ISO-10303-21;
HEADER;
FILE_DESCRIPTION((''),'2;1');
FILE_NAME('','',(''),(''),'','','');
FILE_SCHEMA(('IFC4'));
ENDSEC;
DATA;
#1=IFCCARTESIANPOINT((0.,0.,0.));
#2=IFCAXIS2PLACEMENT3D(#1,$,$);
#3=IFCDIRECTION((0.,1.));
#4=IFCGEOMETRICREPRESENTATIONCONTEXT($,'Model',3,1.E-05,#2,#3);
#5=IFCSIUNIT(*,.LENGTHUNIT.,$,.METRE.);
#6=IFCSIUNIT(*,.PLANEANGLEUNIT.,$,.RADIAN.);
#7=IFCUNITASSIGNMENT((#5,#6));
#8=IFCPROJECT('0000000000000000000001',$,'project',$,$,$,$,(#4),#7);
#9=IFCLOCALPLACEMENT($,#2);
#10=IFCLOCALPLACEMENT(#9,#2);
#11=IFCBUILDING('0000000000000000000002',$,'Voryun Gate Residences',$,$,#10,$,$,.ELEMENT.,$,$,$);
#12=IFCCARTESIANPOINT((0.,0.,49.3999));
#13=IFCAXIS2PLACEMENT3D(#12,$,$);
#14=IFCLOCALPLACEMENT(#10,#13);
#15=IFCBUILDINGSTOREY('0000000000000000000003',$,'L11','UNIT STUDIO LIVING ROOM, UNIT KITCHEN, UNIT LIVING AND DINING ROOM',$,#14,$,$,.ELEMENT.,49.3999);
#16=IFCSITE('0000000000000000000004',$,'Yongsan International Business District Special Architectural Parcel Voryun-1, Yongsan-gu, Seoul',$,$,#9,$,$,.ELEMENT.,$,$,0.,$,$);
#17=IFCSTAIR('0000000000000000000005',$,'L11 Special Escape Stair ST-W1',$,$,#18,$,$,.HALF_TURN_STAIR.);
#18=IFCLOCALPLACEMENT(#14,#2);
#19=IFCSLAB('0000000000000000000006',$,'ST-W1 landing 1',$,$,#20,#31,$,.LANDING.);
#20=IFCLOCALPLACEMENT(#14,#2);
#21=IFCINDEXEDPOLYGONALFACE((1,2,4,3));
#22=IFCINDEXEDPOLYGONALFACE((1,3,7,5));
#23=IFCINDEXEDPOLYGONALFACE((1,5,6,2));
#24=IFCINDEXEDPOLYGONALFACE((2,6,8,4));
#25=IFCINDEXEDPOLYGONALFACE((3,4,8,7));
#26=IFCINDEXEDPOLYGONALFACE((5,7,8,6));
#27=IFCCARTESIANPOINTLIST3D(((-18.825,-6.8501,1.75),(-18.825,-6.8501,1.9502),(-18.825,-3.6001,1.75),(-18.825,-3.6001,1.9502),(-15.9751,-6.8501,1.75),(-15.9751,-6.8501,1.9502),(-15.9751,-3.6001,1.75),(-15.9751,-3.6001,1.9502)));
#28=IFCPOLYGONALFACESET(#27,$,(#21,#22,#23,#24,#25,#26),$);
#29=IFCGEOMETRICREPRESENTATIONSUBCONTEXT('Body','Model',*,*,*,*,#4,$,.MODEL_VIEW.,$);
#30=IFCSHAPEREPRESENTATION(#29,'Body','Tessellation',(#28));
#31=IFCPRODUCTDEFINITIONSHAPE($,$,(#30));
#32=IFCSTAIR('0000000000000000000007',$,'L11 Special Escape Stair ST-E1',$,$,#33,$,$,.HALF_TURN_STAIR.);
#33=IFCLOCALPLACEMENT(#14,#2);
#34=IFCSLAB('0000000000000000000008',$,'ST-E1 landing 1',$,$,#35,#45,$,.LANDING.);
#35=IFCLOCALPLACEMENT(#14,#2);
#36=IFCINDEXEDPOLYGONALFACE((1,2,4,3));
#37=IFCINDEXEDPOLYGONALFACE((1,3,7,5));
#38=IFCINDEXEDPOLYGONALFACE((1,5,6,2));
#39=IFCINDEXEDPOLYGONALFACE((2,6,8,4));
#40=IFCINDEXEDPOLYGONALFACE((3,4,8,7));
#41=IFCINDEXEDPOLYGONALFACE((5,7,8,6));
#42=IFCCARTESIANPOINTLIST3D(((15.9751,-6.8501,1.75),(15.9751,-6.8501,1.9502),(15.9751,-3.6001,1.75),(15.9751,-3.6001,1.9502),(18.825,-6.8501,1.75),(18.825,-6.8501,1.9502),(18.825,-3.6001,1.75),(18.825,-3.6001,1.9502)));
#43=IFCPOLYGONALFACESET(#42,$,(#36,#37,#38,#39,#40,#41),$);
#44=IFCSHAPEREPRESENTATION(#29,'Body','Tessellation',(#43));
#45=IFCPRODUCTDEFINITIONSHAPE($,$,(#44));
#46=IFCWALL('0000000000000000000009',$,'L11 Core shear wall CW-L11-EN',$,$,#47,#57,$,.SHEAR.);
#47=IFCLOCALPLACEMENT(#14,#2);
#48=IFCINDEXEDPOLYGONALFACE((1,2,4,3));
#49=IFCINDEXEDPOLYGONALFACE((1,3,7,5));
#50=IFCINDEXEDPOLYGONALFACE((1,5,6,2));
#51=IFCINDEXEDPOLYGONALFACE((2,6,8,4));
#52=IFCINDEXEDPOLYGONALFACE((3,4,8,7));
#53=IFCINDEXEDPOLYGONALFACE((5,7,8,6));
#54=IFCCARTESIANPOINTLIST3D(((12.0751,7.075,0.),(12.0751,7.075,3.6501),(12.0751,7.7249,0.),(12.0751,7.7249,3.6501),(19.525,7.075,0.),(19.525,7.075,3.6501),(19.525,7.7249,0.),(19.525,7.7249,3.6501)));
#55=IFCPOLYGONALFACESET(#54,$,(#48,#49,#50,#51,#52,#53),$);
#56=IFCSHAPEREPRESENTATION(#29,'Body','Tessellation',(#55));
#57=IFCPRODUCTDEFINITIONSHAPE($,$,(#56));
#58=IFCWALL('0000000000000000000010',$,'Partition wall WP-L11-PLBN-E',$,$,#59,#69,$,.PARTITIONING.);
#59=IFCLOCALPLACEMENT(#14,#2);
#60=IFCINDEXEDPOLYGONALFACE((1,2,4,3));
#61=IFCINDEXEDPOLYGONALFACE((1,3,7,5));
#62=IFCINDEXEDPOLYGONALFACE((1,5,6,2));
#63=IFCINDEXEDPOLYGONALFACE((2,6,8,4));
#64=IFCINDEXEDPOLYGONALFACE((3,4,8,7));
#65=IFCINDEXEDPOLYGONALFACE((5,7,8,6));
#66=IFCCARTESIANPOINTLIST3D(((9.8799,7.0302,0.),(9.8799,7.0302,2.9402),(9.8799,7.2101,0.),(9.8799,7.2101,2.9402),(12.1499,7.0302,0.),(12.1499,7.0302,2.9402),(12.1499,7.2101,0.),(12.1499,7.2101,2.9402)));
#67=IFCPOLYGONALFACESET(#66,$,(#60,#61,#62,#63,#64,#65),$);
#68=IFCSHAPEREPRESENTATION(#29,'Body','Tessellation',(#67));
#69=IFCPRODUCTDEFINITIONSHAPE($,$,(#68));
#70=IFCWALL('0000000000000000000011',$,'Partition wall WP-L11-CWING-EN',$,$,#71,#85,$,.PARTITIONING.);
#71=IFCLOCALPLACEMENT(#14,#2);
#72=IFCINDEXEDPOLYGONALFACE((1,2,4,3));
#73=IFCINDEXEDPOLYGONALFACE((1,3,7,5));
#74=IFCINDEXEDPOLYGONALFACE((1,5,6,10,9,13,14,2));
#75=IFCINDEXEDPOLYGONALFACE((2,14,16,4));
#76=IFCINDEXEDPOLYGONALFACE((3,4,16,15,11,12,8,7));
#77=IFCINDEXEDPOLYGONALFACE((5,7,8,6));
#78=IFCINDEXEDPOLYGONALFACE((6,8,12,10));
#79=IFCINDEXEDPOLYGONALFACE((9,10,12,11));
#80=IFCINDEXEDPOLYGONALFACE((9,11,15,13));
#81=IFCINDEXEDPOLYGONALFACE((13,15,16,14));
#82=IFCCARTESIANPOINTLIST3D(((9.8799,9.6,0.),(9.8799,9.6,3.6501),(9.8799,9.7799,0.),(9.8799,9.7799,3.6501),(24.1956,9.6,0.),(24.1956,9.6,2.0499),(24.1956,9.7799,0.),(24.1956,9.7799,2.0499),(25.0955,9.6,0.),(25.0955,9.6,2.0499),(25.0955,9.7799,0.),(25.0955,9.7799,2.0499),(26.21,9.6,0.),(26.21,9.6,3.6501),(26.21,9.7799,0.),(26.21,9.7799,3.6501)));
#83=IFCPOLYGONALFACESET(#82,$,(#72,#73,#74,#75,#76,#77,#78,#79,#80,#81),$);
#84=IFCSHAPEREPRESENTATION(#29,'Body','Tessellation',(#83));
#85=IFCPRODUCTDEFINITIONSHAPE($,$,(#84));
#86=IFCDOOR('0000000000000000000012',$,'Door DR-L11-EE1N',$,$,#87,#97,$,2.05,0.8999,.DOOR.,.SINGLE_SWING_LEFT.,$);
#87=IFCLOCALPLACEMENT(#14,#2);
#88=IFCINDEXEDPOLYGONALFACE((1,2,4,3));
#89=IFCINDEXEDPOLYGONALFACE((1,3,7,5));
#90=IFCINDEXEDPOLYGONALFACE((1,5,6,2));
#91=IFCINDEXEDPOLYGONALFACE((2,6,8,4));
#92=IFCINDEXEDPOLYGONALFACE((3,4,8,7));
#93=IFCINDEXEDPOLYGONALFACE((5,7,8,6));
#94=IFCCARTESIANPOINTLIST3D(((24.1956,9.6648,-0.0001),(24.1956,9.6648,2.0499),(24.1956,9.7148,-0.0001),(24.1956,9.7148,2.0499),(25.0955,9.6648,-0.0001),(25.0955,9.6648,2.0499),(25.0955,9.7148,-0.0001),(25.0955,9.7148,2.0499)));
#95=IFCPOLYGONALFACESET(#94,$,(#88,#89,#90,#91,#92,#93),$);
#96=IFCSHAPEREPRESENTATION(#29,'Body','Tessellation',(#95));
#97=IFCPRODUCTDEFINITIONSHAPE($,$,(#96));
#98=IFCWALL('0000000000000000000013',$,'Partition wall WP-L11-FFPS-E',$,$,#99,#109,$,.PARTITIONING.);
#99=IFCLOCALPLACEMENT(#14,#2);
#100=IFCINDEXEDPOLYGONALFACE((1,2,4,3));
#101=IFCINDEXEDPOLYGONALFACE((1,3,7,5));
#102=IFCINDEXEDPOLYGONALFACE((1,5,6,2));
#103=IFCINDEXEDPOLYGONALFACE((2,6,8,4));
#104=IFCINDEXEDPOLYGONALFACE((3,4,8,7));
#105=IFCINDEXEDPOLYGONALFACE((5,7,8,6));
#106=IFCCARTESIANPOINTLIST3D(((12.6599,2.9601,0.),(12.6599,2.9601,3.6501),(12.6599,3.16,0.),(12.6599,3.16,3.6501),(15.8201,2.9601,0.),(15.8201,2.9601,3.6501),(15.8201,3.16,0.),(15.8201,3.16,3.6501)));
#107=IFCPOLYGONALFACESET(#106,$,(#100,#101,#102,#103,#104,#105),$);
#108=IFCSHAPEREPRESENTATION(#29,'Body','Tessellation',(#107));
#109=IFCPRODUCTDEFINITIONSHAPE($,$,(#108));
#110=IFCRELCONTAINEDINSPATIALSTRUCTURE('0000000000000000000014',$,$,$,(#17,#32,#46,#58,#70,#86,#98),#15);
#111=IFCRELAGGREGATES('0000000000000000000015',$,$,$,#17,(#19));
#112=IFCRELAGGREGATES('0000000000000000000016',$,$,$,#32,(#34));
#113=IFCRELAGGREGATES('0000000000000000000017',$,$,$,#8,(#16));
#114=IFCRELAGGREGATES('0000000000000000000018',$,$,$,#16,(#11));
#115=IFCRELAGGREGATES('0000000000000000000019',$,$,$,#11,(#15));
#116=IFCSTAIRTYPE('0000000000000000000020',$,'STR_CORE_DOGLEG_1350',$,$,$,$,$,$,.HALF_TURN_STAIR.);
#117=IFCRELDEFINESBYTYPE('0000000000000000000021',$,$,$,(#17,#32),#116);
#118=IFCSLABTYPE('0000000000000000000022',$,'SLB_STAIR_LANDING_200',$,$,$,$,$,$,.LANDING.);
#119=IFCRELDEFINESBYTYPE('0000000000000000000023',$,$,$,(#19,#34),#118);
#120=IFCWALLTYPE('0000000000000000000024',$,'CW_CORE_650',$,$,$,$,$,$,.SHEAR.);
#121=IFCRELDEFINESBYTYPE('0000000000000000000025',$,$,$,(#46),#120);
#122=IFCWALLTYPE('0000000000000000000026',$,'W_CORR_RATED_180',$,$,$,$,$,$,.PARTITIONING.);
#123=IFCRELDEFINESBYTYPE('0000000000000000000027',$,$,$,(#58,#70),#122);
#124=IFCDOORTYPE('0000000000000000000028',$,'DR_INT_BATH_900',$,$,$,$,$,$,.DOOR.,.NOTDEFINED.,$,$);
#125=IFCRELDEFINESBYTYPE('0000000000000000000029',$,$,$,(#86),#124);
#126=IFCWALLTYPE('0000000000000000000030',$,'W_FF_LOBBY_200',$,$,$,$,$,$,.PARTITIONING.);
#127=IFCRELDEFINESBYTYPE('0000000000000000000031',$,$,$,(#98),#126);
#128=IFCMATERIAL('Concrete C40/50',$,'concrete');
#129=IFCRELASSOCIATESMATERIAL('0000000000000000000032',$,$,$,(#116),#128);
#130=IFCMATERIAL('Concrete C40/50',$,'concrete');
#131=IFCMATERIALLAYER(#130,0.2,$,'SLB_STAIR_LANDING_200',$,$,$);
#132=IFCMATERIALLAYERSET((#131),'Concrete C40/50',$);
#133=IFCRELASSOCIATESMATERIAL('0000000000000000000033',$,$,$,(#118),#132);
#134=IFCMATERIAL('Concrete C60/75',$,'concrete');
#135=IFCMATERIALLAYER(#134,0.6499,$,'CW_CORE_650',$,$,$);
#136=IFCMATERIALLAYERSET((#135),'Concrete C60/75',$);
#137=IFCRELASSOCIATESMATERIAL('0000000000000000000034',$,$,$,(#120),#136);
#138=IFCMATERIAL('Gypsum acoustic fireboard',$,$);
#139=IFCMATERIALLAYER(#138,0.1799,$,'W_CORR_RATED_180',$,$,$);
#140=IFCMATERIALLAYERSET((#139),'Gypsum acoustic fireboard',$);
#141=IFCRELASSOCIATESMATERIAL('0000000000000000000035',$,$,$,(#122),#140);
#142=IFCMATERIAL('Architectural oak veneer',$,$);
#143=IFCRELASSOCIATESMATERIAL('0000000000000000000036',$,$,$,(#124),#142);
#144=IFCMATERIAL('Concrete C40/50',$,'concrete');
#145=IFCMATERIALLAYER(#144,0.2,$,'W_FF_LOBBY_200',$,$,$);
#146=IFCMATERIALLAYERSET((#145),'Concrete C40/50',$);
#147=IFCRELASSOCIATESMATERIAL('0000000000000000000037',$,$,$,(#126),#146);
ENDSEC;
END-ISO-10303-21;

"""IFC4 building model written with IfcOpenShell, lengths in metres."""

from ifc_helpers import new_model, si_unit, direction, frame, frame_2d, origin, place, context, subcontext, project, spatial, polyline, rectangle, outline, extrude, material, layer, layer_set, type_object, element, fill, aggregate, save


model = new_model("IFC4")

# Units and contexts
model_context = context("Model", 3, precision=1e-05, world=origin(), true_north=direction((0.0, 1.0)))
body_context = subcontext(model_context, "Body", "Model", "MODEL_VIEW")
ifc_project = project(units=[si_unit("LENGTHUNIT", "METRE"), si_unit("PLANEANGLEUNIT", "RADIAN")], contexts=[model_context])

# Site, building, storey
site_placement = place(None, origin())
site = spatial("IfcSite", under=ifc_project, at=site_placement, Name="Yongsan International Business District Special Architectural Parcel Voryun-1, Yongsan-gu, Seoul", CompositionType="ELEMENT", RefElevation=0.0)
building_placement = place(site_placement, origin())
building = spatial("IfcBuilding", under=site, at=building_placement, Name="Voryun Gate Residences", CompositionType="ELEMENT")
storey_placement = place(building_placement, frame((0.0, 0.0, 49.3999)))
storey = spatial("IfcBuildingStorey", under=building, at=storey_placement, Name="L11", Description="UNIT STUDIO LIVING ROOM, UNIT KITCHEN, UNIT LIVING AND DINING ROOM", CompositionType="ELEMENT", Elevation=49.3999)

# Stairs, slabs
ifc_material_1 = material(Name="Concrete C40/50", Category="concrete")
stair_type = type_object("IfcStairType", Name="STR_CORE_DOGLEG_1350", PredefinedType="HALF_TURN_STAIR", material=ifc_material_1)
stair_1_placement = place(storey_placement, origin())
stair_1 = element("IfcStair", 1, at=stair_1_placement, inside=storey, type_object=stair_type, Name="L11 Special Escape Stair ST-W1", PredefinedType="HALF_TURN_STAIR")
ifc_material_2 = material(Name="Concrete C40/50", Category="concrete")
ifc_layer_1 = layer(ifc_material_2, 0.2, Name="SLB_STAIR_LANDING_200")
ifc_layer_set_1 = layer_set([ifc_layer_1], Name="Concrete C40/50")
slab_type_1 = type_object("IfcSlabType", Name="SLB_STAIR_LANDING_200", PredefinedType="LANDING", material=ifc_layer_set_1)
slab_1_placement = place(storey_placement, frame((0.0, 0.0, 1.75)))
slab_1 = element("IfcSlab", 2, at=slab_1_placement, type_object=slab_type_1, Name="ST-W1 landing 1", PredefinedType="LANDING", context=body_context, shape_type="SweptSolid", body=[
    extrude(outline(polyline([(-18.825, -3.6001), (-18.825, -6.8501), (-15.9751, -6.8501), (-15.9751, -3.6001), (-18.825, -3.6001)])), origin(), (0.0, 0.0, 1.0), 0.2002),
])
aggregate(stair_1, [slab_1])
stair_2_placement = place(storey_placement, origin())
stair_2 = element("IfcStair", 3, at=stair_2_placement, inside=storey, type_object=stair_type, Name="L11 Special Escape Stair ST-E1", PredefinedType="HALF_TURN_STAIR")
slab_2_placement = place(storey_placement, frame((0.0, 0.0, 1.75)))
slab_2 = element("IfcSlab", 4, at=slab_2_placement, type_object=slab_type_1, Name="ST-E1 landing 1", PredefinedType="LANDING", context=body_context, shape_type="SweptSolid", body=[
    extrude(outline(polyline([(15.9751, -3.6001), (15.9751, -6.8501), (18.825, -6.8501), (18.825, -3.6001), (15.9751, -3.6001)])), origin(), (0.0, 0.0, 1.0), 0.2002),
])
aggregate(stair_2, [slab_2])

# Walls
ifc_material_3 = material(Name="Concrete C60/75", Category="concrete")
ifc_layer_2 = layer(ifc_material_3, 0.6499, Name="CW_CORE_650")
ifc_layer_set_2 = layer_set([ifc_layer_2], Name="Concrete C60/75")
wall_type_1 = type_object("IfcWallType", Name="CW_CORE_650", PredefinedType="SHEAR", material=ifc_layer_set_2)
wall_1_placement = place(storey_placement, frame((12.075, 7.3999, 0.0), z_axis=(0.0, 0.0, 1.0), x_axis=(1.0, 0.0, 0.0)))
element("IfcWall", 5, at=wall_1_placement, inside=storey, type_object=wall_type_1, Name="L11 Core shear wall CW-L11-EN", PredefinedType="SHEAR", context=body_context, shape_type="SweptSolid", body=[
    extrude(rectangle(XDim=7.45, YDim=0.6499, at=frame_2d((3.7251, 0.0))), origin(), (0.0, 0.0, 1.0), 3.6501),
])
ifc_material_4 = material(Name="Gypsum acoustic fireboard")
ifc_layer_3 = layer(ifc_material_4, 0.1799, Name="W_CORR_RATED_180")
ifc_layer_set_3 = layer_set([ifc_layer_3], Name="Gypsum acoustic fireboard")
wall_type_2 = type_object("IfcWallType", Name="W_CORR_RATED_180", PredefinedType="PARTITIONING", material=ifc_layer_set_3)
wall_2_placement = place(storey_placement, frame((9.8799, 7.1201, 0.0), z_axis=(0.0, 0.0, 1.0), x_axis=(1.0, 0.0, 0.0)))
element("IfcWall", 6, at=wall_2_placement, inside=storey, type_object=wall_type_2, Name="Partition wall WP-L11-PLBN-E", PredefinedType="PARTITIONING", context=body_context, shape_type="SweptSolid", body=[
    extrude(rectangle(XDim=2.27, YDim=0.1799, at=frame_2d((1.135, 0.0))), origin(), (0.0, 0.0, 1.0), 2.9402),
])

# Wall, opening, door
wall_3_placement = place(storey_placement, frame((9.8799, 9.6899, 0.0), z_axis=(0.0, 0.0, 1.0), x_axis=(1.0, 0.0, 0.0)))
wall_3 = element("IfcWall", 7, at=wall_3_placement, inside=storey, type_object=wall_type_2, Name="Partition wall WP-L11-CWING-EN", PredefinedType="PARTITIONING", context=body_context, shape_type="SweptSolid", body=[
    extrude(rectangle(XDim=16.3301, YDim=0.1799, at=frame_2d((8.165, 0.0))), origin(), (0.0, 0.0, 1.0), 3.6501),
])
opening_placement = place(wall_3_placement, frame((14.3157, 0.0, 0.0)))
opening = element("IfcOpeningElement", 8, at=opening_placement, cuts=wall_3, PredefinedType="OPENING", context=body_context, shape_type="SweptSolid", body=[
    extrude(rectangle(XDim=0.8999, YDim=2.05, at=frame_2d((0.45, 1.0249))), frame((0.0, 0.0999, 0.0), z_axis=(0.0, -1.0, 0.0), x_axis=(1.0, 0.0, 0.0)), (0.0, 0.0, 1.0), 0.2),
])
ifc_material_5 = material(Name="Architectural oak veneer")
door_type = type_object("IfcDoorType", Name="DR_INT_BATH_900", OperationType="NOTDEFINED", PredefinedType="DOOR", material=ifc_material_5)
door_placement = place(opening_placement, origin())
door = element("IfcDoor", 9, at=door_placement, inside=storey, type_object=door_type, Name="Door DR-L11-EE1N", OperationType="SINGLE_SWING_LEFT", OverallHeight=2.05, OverallWidth=0.8999, PredefinedType="DOOR", context=body_context, shape_type="SweptSolid", body=[
    extrude(rectangle(XDim=0.8999, YDim=2.05, at=frame_2d((0.45, 1.0249))), frame((0.0, 0.0249, 0.0), z_axis=(0.0, -1.0, 0.0), x_axis=(1.0, 0.0, 0.0)), (0.0, 0.0, 1.0), 0.05),
])
fill(opening, door)

# Wall
ifc_material_6 = material(Name="Concrete C40/50", Category="concrete")
ifc_layer_4 = layer(ifc_material_6, 0.2, Name="W_FF_LOBBY_200")
ifc_layer_set_4 = layer_set([ifc_layer_4], Name="Concrete C40/50")
wall_type_3 = type_object("IfcWallType", Name="W_FF_LOBBY_200", PredefinedType="PARTITIONING", material=ifc_layer_set_4)
wall_4_placement = place(storey_placement, frame((12.6599, 3.0601, 0.0), z_axis=(0.0, 0.0, 1.0), x_axis=(1.0, 0.0, 0.0)))
element("IfcWall", 10, at=wall_4_placement, inside=storey, type_object=wall_type_3, Name="Partition wall WP-L11-FFPS-E", PredefinedType="PARTITIONING", context=body_context, shape_type="SweptSolid", body=[
    extrude(rectangle(XDim=3.1602, YDim=0.2, at=frame_2d((1.5801, 0.0))), origin(), (0.0, 0.0, 1.0), 3.6501),
])

save(model, "model.ifc")
